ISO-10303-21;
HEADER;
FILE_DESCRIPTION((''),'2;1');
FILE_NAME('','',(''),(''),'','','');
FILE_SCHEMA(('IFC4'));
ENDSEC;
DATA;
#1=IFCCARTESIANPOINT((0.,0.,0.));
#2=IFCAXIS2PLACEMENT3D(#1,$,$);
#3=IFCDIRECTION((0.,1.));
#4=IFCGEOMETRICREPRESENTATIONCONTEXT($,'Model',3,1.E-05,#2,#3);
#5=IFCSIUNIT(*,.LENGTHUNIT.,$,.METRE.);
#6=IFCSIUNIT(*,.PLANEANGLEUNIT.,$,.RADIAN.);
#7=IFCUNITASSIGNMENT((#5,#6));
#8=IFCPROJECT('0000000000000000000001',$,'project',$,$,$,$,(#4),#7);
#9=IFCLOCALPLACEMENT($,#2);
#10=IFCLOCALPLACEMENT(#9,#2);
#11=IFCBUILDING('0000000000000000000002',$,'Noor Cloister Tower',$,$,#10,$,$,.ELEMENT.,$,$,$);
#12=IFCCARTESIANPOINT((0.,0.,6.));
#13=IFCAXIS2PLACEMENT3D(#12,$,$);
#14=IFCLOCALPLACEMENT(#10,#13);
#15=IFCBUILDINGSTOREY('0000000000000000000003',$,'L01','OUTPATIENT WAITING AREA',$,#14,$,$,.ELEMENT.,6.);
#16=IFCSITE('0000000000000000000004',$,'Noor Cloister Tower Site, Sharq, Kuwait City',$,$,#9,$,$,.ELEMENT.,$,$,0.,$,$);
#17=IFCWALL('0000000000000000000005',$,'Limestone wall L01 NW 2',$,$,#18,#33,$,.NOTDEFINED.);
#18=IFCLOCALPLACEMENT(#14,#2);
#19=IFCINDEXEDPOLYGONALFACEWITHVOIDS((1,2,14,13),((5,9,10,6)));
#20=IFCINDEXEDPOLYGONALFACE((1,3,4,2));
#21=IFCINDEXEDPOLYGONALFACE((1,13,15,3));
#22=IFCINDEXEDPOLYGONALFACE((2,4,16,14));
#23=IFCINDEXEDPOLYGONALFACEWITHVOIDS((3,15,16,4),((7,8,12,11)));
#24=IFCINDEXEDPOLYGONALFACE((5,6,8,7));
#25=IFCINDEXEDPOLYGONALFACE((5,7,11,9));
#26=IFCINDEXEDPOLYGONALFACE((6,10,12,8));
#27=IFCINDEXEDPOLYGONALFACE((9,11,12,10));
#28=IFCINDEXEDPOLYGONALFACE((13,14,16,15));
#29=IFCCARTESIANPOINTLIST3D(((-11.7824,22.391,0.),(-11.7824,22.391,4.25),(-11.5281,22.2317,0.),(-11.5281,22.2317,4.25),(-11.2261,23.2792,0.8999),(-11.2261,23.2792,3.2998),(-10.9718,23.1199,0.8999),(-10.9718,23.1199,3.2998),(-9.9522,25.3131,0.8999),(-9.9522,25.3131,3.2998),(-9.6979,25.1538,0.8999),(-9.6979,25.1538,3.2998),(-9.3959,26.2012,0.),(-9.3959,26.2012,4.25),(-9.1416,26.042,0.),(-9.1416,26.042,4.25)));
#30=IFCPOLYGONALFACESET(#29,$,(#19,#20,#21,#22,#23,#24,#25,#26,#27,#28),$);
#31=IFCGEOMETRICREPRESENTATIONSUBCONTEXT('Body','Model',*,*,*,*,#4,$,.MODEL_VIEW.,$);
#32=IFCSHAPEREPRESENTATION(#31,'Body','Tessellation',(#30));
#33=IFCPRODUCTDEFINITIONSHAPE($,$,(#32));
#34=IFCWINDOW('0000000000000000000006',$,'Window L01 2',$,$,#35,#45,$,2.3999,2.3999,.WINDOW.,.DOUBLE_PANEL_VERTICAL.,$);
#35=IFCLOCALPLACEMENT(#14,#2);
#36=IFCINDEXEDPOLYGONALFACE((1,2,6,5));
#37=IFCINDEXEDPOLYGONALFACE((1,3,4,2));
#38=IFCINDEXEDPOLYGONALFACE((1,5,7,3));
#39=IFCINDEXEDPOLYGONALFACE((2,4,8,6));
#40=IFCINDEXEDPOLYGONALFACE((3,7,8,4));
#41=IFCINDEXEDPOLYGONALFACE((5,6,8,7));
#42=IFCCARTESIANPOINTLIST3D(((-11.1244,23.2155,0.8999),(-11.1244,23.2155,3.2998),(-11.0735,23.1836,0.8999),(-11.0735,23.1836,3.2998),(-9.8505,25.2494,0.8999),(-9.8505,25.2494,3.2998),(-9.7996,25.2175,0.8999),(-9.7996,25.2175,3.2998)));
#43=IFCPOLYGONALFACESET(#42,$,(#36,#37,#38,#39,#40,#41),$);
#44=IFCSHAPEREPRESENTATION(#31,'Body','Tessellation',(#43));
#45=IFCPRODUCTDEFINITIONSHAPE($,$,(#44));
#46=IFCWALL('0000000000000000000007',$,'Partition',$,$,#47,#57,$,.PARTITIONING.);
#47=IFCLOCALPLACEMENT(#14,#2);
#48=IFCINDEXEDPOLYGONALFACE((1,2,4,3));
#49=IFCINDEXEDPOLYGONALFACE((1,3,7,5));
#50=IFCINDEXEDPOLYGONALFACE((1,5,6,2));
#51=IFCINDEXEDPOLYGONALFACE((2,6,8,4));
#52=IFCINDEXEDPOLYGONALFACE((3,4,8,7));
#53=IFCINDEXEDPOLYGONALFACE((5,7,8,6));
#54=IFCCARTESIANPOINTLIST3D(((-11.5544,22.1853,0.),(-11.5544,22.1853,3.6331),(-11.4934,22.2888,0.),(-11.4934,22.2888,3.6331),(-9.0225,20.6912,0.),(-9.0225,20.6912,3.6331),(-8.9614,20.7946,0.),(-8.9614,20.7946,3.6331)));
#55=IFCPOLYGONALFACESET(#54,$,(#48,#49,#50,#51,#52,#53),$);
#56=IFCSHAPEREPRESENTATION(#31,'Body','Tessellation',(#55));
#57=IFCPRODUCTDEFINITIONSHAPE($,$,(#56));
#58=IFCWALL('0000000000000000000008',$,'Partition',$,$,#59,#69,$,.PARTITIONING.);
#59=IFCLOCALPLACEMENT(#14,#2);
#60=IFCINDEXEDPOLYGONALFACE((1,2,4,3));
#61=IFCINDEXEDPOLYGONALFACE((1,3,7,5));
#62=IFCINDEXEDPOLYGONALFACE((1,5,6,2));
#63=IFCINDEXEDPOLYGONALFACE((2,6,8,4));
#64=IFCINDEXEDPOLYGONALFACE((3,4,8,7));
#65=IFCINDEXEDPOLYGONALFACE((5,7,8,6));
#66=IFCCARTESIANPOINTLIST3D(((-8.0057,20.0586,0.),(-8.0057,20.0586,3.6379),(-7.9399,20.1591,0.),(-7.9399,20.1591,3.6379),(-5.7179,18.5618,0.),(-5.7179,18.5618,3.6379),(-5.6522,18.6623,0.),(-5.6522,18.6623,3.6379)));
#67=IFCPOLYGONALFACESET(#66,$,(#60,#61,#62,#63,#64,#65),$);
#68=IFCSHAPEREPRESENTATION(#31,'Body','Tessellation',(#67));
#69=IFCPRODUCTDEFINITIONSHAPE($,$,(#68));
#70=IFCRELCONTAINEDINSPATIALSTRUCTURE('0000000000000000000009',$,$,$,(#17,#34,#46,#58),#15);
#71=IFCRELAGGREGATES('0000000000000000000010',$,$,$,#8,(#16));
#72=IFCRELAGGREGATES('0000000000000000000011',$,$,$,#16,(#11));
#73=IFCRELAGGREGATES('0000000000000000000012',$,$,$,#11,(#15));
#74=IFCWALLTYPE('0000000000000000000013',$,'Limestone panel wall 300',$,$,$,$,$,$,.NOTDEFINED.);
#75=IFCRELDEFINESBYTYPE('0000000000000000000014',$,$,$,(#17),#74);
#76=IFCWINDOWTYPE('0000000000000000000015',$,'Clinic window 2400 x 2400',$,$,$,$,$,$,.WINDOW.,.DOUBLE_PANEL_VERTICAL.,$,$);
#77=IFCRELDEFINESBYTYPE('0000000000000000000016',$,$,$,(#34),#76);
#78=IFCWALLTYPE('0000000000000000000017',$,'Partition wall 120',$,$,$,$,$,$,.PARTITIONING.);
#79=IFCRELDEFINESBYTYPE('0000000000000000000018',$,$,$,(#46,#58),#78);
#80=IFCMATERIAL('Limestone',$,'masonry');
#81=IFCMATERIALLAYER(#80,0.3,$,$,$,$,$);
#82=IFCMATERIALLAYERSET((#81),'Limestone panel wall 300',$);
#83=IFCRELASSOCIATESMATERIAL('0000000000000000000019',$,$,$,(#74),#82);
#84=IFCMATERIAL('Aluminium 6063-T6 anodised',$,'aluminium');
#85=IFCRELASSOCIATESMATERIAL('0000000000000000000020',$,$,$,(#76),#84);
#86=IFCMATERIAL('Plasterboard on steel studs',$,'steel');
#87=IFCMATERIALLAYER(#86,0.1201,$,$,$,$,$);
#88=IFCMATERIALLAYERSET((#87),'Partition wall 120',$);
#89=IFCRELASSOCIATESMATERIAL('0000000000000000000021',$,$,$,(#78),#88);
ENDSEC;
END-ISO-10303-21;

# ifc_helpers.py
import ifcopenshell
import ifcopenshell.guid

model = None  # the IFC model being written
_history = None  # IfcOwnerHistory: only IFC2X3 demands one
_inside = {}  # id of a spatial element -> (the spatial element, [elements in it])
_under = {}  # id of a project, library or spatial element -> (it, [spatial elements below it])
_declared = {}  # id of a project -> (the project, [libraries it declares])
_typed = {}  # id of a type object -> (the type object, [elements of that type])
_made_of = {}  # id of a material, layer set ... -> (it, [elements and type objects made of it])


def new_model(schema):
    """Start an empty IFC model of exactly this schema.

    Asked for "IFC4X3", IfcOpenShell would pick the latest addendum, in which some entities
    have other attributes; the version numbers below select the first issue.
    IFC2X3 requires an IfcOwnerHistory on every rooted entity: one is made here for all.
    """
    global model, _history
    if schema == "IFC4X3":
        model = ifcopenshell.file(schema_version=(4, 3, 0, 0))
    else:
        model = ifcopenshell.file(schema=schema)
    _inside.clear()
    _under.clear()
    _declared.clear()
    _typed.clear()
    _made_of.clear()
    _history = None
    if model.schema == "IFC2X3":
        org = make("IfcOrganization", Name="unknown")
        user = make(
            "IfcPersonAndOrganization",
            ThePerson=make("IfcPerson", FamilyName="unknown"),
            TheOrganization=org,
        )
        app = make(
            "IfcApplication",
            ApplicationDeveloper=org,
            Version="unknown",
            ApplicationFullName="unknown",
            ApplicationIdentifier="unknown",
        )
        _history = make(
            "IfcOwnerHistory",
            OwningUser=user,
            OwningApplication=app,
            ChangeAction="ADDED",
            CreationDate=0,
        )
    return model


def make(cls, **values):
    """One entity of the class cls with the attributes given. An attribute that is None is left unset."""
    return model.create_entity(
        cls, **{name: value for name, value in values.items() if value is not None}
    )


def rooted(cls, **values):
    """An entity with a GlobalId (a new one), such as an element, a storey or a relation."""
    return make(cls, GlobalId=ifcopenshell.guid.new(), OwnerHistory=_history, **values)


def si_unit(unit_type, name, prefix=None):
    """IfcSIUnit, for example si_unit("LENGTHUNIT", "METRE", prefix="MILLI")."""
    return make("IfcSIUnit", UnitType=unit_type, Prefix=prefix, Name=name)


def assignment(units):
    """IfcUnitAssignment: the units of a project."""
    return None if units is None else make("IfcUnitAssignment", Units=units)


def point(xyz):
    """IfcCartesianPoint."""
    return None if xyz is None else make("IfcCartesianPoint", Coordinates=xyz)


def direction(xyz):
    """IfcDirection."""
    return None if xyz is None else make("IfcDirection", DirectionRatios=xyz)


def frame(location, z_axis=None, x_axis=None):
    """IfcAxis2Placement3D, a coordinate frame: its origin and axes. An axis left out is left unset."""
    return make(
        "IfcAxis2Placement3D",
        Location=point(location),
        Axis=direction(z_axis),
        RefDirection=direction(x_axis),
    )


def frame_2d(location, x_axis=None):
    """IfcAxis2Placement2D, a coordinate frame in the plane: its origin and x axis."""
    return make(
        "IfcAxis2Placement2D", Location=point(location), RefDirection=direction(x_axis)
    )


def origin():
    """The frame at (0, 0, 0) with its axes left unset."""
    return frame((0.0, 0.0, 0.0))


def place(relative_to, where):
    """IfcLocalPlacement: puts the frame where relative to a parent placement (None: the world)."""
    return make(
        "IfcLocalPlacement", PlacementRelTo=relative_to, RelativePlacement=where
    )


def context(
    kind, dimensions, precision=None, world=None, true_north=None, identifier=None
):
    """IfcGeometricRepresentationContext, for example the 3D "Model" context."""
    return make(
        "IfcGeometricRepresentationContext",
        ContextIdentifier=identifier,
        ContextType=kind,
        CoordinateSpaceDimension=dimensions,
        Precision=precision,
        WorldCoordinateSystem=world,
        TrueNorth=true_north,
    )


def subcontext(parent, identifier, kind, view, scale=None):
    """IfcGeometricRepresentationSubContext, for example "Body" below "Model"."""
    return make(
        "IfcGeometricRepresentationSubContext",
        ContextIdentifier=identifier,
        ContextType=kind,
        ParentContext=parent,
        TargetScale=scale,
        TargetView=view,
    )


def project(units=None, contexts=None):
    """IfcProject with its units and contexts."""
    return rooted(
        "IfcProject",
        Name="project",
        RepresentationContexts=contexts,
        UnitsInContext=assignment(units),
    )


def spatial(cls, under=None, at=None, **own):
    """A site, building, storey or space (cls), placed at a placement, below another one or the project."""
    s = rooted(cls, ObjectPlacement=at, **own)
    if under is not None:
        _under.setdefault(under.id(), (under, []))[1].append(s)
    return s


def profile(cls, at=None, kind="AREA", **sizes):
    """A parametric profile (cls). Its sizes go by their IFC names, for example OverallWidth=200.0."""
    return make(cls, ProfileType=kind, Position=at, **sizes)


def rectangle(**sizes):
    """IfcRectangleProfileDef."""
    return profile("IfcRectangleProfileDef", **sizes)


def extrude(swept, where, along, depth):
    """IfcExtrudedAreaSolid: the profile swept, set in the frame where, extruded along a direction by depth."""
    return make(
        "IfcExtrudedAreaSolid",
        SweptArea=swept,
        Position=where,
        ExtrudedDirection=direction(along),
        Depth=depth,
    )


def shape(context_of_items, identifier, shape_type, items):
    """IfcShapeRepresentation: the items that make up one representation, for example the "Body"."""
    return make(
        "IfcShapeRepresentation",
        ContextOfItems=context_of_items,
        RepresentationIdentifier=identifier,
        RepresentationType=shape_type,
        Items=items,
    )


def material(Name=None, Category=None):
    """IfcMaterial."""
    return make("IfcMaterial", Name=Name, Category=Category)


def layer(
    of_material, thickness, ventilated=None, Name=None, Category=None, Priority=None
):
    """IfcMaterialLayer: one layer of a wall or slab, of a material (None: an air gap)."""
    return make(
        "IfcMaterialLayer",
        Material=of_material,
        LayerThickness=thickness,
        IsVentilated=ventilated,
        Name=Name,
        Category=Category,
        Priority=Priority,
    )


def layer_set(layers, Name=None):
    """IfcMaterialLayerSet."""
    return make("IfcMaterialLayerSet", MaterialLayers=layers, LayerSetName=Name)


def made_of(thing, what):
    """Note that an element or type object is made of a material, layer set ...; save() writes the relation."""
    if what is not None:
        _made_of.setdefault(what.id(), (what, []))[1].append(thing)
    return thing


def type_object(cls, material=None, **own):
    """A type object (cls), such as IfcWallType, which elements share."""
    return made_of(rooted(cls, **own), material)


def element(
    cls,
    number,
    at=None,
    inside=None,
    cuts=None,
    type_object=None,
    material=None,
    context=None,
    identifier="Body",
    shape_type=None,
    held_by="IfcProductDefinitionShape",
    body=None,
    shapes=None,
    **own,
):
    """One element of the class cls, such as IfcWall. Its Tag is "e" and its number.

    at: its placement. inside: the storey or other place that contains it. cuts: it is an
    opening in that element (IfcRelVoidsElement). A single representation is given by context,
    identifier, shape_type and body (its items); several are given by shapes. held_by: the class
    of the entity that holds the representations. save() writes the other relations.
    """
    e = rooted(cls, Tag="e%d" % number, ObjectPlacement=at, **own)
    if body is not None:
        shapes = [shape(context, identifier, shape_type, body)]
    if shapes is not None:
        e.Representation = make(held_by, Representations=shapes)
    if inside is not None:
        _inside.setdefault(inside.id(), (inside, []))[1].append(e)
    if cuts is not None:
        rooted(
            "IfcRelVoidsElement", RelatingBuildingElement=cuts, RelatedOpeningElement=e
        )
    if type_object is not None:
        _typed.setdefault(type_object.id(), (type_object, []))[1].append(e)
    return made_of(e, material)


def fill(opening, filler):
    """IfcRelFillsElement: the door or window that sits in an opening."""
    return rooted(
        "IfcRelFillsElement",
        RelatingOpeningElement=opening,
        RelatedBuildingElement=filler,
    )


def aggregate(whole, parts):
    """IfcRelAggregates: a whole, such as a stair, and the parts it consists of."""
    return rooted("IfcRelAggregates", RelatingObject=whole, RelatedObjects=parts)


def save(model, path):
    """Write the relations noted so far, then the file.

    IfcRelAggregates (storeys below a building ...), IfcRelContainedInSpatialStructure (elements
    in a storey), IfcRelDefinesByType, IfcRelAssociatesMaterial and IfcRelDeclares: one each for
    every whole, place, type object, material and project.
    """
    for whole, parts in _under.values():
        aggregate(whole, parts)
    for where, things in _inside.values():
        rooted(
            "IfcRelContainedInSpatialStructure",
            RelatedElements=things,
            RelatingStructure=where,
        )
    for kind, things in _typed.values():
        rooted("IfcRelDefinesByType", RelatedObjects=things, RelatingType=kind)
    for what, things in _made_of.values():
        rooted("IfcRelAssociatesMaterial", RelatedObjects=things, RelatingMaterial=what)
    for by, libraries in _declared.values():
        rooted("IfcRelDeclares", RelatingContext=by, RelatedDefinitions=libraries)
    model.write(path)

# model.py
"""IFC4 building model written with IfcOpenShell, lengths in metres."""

from ifc_helpers import new_model, si_unit, direction, frame, frame_2d, origin, place, context, subcontext, project, spatial, rectangle, extrude, material, layer, layer_set, type_object, element, fill, save


model = new_model("IFC4")

# Units and contexts
model_context = context("Model", 3, precision=1e-05, world=origin(), true_north=direction((0.0, 1.0)))
body_context = subcontext(model_context, "Body", "Model", "MODEL_VIEW")
ifc_project = project(units=[si_unit("LENGTHUNIT", "METRE"), si_unit("PLANEANGLEUNIT", "RADIAN")], contexts=[model_context])

# Site, building, storey
site_placement = place(None, origin())
site = spatial("IfcSite", under=ifc_project, at=site_placement, Name="Noor Cloister Tower Site, Sharq, Kuwait City", CompositionType="ELEMENT", RefElevation=0.0)
building_placement = place(site_placement, origin())
building = spatial("IfcBuilding", under=site, at=building_placement, Name="Noor Cloister Tower", CompositionType="ELEMENT")
storey_placement = place(building_placement, frame((0.0, 0.0, 6.0)))
storey = spatial("IfcBuildingStorey", under=building, at=storey_placement, Name="L01", Description="OUTPATIENT WAITING AREA", CompositionType="ELEMENT", Elevation=6.0)

# Wall, opening, window
ifc_material_1 = material(Name="Limestone", Category="masonry")
ifc_layer_1 = layer(ifc_material_1, 0.3)
ifc_layer_set_1 = layer_set([ifc_layer_1], Name="Limestone panel wall 300")
wall_type_1 = type_object("IfcWallType", Name="Limestone panel wall 300", PredefinedType="NOTDEFINED", material=ifc_layer_set_1)
wall_1_placement = place(storey_placement, frame((-11.6553, 22.3113, 0.0), z_axis=(0.0, 0.0, 1.0), x_axis=(0.530804, 0.847495, 0.0)))
wall_1 = element("IfcWall", 1, at=wall_1_placement, inside=storey, type_object=wall_type_1, Name="Limestone wall L01 NW 2", PredefinedType="NOTDEFINED", context=body_context, shape_type="SweptSolid", body=[
    extrude(rectangle(XDim=4.4958, YDim=0.3, at=frame_2d((2.248, 0.0))), origin(), (0.0, 0.0, 1.0), 4.25),
])
opening_1_placement = place(wall_1_placement, frame((1.0481, 0.0, 0.8999)))
opening_1 = element("IfcOpeningElement", 2, at=opening_1_placement, cuts=wall_1, PredefinedType="OPENING", context=body_context, shape_type="SweptSolid", body=[
    extrude(rectangle(XDim=2.3999, YDim=2.3999, at=frame_2d((1.2, 1.2))), frame((0.0, 0.1602, 0.0), z_axis=(0.0, -1.0, 0.0), x_axis=(1.0, 0.0, 0.0)), (0.0, 0.0, 1.0), 0.3201),
])
ifc_material_2 = material(Name="Aluminium 6063-T6 anodised", Category="aluminium")
window_type_1 = type_object("IfcWindowType", Name="Clinic window 2400 x 2400", PartitioningType="DOUBLE_PANEL_VERTICAL", PredefinedType="WINDOW", material=ifc_material_2)
window_1_placement = place(opening_1_placement, origin())
window_1 = element("IfcWindow", 3, at=window_1_placement, inside=storey, type_object=window_type_1, Name="Window L01 2", OverallHeight=2.3999, OverallWidth=2.3999, PartitioningType="DOUBLE_PANEL_VERTICAL", PredefinedType="WINDOW", context=body_context, shape_type="SweptSolid", body=[
    extrude(rectangle(XDim=2.3999, YDim=2.3999, at=frame_2d((1.2, 1.2))), frame((0.0, 0.03, 0.0), z_axis=(0.0, -1.0, 0.0), x_axis=(1.0, 0.0, 0.0)), (0.0, 0.0, 1.0), 0.0601),
])
fill(opening_1, window_1)

# Walls
ifc_material_3 = material(Name="Plasterboard on steel studs", Category="steel")
ifc_layer_2 = layer(ifc_material_3, 0.1201)
ifc_layer_set_2 = layer_set([ifc_layer_2], Name="Partition wall 120")
wall_type_2 = type_object("IfcWallType", Name="Partition wall 120", PredefinedType="PARTITIONING", material=ifc_layer_set_2)
wall_2_placement = place(storey_placement, frame((-8.9919, 20.7429, 0.0), z_axis=(0.0, 0.0, 1.0), x_axis=(-0.861229, 0.508217, 0.0)))
element("IfcWall", 4, at=wall_2_placement, inside=storey, type_object=wall_type_2, Name="Partition", PredefinedType="PARTITIONING", context=body_context, shape_type="SweptSolid", body=[
    extrude(rectangle(XDim=2.9399, YDim=0.1201, at=frame_2d((1.47, 0.0))), origin(), (0.0, 0.0, 1.0), 3.6331),
])
wall_3_placement = place(storey_placement, frame((-5.6851, 18.6121, 0.0), z_axis=(0.0, 0.0, 1.0), x_axis=(-0.836814, 0.547488, 0.0)))
element("IfcWall", 5, at=wall_3_placement, inside=storey, type_object=wall_type_2, Name="Partition", PredefinedType="PARTITIONING", context=body_context, shape_type="SweptSolid", body=[
    extrude(rectangle(XDim=2.7339, YDim=0.1201, at=frame_2d((1.3669, 0.0))), origin(), (0.0, 0.0, 1.0), 3.6379),
])

save(model, "model.ifc")
